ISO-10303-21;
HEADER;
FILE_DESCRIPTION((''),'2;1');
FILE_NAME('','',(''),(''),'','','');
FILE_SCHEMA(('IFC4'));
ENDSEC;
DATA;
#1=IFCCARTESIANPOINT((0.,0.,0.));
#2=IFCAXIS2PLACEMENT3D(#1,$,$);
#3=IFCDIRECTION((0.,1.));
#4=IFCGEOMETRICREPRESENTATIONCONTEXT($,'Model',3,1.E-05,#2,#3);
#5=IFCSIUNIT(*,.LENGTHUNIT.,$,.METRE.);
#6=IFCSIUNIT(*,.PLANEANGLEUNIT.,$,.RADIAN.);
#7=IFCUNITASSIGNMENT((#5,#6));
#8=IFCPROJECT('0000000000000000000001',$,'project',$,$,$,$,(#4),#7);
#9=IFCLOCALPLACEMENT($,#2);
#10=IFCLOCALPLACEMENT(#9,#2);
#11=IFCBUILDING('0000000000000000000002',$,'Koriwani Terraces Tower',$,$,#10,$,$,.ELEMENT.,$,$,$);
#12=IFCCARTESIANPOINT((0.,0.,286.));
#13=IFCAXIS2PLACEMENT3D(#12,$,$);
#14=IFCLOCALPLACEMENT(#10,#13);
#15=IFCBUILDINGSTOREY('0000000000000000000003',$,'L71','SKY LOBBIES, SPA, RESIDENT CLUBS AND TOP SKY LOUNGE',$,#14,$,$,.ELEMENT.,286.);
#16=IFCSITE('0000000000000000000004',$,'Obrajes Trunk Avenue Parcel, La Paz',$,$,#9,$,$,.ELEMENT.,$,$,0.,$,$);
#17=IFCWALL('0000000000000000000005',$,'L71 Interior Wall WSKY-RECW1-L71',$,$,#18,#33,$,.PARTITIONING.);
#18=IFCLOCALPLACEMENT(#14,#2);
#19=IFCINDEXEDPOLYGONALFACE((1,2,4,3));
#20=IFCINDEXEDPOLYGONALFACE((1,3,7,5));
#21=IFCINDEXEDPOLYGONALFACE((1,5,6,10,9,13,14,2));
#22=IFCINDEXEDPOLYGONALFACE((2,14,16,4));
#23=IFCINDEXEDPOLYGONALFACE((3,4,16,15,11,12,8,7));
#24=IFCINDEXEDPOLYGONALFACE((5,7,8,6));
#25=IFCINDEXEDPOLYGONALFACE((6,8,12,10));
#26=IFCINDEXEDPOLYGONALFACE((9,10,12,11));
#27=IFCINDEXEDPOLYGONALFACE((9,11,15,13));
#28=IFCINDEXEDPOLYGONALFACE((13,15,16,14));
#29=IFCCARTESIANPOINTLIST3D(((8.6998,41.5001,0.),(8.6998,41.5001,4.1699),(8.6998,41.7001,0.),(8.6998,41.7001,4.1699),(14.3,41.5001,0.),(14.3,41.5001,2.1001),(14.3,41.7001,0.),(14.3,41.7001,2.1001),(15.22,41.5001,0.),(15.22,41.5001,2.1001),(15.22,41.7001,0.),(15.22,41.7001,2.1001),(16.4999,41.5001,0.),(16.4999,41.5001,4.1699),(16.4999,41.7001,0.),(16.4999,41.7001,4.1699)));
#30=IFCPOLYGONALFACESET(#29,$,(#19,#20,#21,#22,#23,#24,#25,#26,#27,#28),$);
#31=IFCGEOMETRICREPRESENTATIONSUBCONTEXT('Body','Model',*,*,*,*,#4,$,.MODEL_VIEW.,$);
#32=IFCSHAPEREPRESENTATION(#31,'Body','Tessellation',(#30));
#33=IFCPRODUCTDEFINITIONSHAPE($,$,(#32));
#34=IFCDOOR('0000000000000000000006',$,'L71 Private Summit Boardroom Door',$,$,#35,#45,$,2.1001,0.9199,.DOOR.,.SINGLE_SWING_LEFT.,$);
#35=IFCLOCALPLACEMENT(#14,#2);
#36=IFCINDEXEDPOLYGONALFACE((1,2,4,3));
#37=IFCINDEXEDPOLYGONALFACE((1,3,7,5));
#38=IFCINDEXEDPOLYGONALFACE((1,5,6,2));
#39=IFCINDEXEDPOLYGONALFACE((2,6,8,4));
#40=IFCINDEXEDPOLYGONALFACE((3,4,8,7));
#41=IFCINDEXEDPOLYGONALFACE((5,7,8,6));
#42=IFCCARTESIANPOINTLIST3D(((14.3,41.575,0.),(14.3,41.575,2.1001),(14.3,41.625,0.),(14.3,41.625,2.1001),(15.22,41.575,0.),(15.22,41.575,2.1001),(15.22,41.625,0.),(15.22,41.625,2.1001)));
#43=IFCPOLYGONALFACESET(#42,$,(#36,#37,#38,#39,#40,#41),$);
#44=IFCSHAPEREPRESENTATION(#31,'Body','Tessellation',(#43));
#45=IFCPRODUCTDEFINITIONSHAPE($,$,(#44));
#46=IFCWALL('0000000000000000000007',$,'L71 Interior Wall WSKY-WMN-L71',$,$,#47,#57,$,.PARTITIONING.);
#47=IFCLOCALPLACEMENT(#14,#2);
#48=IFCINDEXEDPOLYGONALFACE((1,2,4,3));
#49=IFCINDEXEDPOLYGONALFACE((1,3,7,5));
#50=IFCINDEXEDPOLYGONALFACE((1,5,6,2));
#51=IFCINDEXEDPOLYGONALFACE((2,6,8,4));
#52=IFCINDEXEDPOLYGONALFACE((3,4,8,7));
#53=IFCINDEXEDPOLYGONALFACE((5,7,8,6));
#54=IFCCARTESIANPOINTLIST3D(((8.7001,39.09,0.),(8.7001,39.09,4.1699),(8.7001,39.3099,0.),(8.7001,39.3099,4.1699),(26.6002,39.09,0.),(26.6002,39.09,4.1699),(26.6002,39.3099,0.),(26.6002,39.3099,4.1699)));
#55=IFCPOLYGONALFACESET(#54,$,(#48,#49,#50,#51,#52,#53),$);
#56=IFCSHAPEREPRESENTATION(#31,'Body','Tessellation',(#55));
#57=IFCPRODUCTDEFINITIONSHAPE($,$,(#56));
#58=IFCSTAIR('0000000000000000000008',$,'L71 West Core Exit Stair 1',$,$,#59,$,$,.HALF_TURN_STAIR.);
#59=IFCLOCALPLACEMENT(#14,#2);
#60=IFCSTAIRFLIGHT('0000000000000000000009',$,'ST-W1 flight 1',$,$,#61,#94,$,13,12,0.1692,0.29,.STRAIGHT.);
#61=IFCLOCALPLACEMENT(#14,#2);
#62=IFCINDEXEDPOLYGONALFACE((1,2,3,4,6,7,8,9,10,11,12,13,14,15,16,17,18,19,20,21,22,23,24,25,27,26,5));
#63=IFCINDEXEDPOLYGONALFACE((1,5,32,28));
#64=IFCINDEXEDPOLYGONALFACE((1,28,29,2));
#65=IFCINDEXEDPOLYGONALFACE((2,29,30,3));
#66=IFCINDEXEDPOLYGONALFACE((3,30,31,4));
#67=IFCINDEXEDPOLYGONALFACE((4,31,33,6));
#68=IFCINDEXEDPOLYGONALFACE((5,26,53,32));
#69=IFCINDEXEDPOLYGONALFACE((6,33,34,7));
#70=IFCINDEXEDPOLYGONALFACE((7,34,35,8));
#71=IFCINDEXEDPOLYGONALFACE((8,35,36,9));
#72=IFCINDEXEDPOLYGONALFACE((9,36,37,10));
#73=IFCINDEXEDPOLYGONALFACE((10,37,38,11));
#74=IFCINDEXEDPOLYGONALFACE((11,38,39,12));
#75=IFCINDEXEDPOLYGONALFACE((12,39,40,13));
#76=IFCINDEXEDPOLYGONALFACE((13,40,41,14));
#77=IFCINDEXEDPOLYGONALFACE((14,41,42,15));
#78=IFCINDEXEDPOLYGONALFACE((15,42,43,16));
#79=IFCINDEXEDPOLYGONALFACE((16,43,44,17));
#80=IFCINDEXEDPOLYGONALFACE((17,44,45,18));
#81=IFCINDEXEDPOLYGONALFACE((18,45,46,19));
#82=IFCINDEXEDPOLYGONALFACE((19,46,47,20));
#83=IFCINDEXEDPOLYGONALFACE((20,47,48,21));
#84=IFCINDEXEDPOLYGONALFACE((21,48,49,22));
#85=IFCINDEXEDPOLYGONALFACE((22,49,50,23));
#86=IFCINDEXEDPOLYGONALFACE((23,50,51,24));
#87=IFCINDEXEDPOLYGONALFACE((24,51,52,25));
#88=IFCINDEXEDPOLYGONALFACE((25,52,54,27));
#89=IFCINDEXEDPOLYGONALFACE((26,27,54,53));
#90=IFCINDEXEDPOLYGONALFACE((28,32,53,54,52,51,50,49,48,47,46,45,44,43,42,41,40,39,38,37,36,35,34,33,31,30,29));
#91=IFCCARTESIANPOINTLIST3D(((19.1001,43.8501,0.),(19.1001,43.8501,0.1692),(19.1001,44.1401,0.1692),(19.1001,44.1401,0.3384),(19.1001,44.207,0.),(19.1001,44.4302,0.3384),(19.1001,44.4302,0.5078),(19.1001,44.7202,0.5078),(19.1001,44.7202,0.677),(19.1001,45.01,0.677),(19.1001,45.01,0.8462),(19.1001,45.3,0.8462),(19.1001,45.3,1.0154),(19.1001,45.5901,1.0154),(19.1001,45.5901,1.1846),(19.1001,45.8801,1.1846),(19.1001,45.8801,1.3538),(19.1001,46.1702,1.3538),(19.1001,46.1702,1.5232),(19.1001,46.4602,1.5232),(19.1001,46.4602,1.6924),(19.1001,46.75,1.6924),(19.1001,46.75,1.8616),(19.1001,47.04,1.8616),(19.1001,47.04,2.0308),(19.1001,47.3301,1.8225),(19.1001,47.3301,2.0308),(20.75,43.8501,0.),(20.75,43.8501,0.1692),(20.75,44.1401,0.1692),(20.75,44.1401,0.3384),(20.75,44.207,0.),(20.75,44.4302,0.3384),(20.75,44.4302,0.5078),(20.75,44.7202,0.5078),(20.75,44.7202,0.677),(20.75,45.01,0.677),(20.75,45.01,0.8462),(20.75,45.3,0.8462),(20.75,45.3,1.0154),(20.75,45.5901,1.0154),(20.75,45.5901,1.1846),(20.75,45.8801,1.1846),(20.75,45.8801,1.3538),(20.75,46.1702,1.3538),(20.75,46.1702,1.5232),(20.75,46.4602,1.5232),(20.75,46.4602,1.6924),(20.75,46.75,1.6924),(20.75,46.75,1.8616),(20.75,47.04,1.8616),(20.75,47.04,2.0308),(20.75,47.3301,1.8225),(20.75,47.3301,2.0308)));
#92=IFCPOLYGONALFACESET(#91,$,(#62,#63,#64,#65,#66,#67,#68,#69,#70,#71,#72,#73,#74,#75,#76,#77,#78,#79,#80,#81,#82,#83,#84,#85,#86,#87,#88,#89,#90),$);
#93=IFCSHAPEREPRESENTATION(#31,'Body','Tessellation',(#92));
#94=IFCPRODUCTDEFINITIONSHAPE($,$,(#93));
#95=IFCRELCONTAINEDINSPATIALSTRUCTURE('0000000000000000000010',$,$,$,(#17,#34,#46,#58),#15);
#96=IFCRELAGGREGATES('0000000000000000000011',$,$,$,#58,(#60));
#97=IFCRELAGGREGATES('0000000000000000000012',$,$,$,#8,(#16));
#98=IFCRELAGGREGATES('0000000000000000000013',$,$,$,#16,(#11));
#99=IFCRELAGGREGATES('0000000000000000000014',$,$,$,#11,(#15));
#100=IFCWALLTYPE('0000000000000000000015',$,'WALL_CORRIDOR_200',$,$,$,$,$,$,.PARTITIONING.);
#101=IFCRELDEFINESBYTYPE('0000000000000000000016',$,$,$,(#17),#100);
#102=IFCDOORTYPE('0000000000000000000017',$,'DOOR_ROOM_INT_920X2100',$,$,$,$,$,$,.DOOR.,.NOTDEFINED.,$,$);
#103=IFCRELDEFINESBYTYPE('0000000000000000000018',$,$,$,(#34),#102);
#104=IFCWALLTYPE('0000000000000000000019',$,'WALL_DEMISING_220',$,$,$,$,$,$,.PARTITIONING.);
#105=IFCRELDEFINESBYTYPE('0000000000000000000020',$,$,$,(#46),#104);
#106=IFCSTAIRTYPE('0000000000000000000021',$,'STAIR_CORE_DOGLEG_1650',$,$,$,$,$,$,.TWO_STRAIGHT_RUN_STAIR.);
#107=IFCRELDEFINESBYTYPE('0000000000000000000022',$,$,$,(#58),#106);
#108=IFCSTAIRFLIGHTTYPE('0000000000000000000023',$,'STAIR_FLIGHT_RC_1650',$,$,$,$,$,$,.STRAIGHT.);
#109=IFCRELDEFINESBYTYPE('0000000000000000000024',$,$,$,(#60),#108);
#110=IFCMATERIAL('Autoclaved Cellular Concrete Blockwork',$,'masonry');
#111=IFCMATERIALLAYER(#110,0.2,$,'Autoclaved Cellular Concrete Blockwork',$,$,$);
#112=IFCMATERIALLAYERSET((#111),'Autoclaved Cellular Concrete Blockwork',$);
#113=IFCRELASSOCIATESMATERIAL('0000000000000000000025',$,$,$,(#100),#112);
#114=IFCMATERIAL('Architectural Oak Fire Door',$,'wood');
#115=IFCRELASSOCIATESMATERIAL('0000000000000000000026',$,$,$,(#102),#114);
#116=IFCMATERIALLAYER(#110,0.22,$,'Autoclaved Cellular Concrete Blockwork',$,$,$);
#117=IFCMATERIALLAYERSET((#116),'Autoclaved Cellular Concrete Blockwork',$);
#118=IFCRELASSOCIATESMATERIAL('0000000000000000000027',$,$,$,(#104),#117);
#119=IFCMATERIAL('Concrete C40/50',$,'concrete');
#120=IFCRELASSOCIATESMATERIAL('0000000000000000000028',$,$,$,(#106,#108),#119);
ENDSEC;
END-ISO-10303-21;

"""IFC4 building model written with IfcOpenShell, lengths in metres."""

from ifc_helpers import new_model, si_unit, direction, frame, frame_2d, origin, place, context, subcontext, project, spatial, polyline, rectangle, outline, extrude, material, layer, layer_set, type_object, element, fill, aggregate, save


model = new_model("IFC4")

# Units and contexts
model_context = context("Model", 3, precision=1e-05, world=origin(), true_north=direction((0.0, 1.0)))
body_context = subcontext(model_context, "Body", "Model", "MODEL_VIEW")
ifc_project = project(units=[si_unit("LENGTHUNIT", "METRE"), si_unit("PLANEANGLEUNIT", "RADIAN")], contexts=[model_context])

# Site, building, storey
site_placement = place(None, origin())
site = spatial("IfcSite", under=ifc_project, at=site_placement, Name="Obrajes Trunk Avenue Parcel, La Paz", CompositionType="ELEMENT", RefElevation=0.0)
building_placement = place(site_placement, origin())
building = spatial("IfcBuilding", under=site, at=building_placement, Name="Koriwani Terraces Tower", CompositionType="ELEMENT")
storey_placement = place(building_placement, frame((0.0, 0.0, 286.0)))
storey = spatial("IfcBuildingStorey", under=building, at=storey_placement, Name="L71", Description="SKY LOBBIES, SPA, RESIDENT CLUBS AND TOP SKY LOUNGE", CompositionType="ELEMENT", Elevation=286.0)

# Shared definitions
ifc_material_1 = material(Name="Concrete C40/50", Category="concrete")

# Wall, opening, door
ifc_material_2 = material(Name="Autoclaved Cellular Concrete Blockwork", Category="masonry")
ifc_layer_1 = layer(ifc_material_2, 0.2, Name="Autoclaved Cellular Concrete Blockwork")
ifc_layer_set_1 = layer_set([ifc_layer_1], Name="Autoclaved Cellular Concrete Blockwork")
wall_type_1 = type_object("IfcWallType", Name="WALL_CORRIDOR_200", PredefinedType="PARTITIONING", material=ifc_layer_set_1)
wall_1_placement = place(storey_placement, frame((8.7, 41.6001, 0.0), z_axis=(0.0, 0.0, 1.0), x_axis=(1.0, 0.0, 0.0)))
wall_1 = element("IfcWall", 1, at=wall_1_placement, inside=storey, type_object=wall_type_1, Name="L71 Interior Wall WSKY-RECW1-L71", PredefinedType="PARTITIONING", context=body_context, shape_type="SweptSolid", body=[
    extrude(rectangle(XDim=7.8, YDim=0.2, at=frame_2d((3.8999, 0.0))), origin(), (0.0, 0.0, 1.0), 4.1699),
])
opening_1_placement = place(wall_1_placement, frame((5.6001, 0.0, 0.0)))
opening_1 = element("IfcOpeningElement", 2, at=opening_1_placement, cuts=wall_1, PredefinedType="OPENING", context=body_context, shape_type="SweptSolid", body=[
    extrude(rectangle(XDim=0.9199, YDim=2.1001, at=frame_2d((0.46, 1.05))), frame((0.0, 0.1099, 0.0), z_axis=(0.0, -1.0, 0.0), x_axis=(1.0, 0.0, 0.0)), (0.0, 0.0, 1.0), 0.22),
])
ifc_material_3 = material(Name="Architectural Oak Fire Door", Category="wood")
door_type_1 = type_object("IfcDoorType", Name="DOOR_ROOM_INT_920X2100", OperationType="NOTDEFINED", PredefinedType="DOOR", material=ifc_material_3)
door_1_placement = place(opening_1_placement, origin())
door_1 = element("IfcDoor", 3, at=door_1_placement, inside=storey, type_object=door_type_1, Name="L71 Private Summit Boardroom Door", OperationType="SINGLE_SWING_LEFT", OverallHeight=2.1001, OverallWidth=0.9199, PredefinedType="DOOR", context=body_context, shape_type="SweptSolid", body=[
    extrude(rectangle(XDim=0.9199, YDim=2.1001, at=frame_2d((0.46, 1.05))), frame((0.0, 0.0249, 0.0), z_axis=(0.0, -1.0, 0.0), x_axis=(1.0, 0.0, 0.0)), (0.0, 0.0, 1.0), 0.05),
])
fill(opening_1, door_1)

# Wall
ifc_layer_2 = layer(ifc_material_2, 0.22, Name="Autoclaved Cellular Concrete Blockwork")
ifc_layer_set_2 = layer_set([ifc_layer_2], Name="Autoclaved Cellular Concrete Blockwork")
wall_type_2 = type_object("IfcWallType", Name="WALL_DEMISING_220", PredefinedType="PARTITIONING", material=ifc_layer_set_2)
wall_2_placement = place(storey_placement, frame((8.7, 39.2, 0.0), z_axis=(0.0, 0.0, 1.0), x_axis=(1.0, 0.0, 0.0)))
element("IfcWall", 4, at=wall_2_placement, inside=storey, type_object=wall_type_2, Name="L71 Interior Wall WSKY-WMN-L71", PredefinedType="PARTITIONING", context=body_context, shape_type="SweptSolid", body=[
    extrude(rectangle(XDim=17.9001, YDim=0.22, at=frame_2d((8.9502, 0.0))), origin(), (0.0, 0.0, 1.0), 4.1699),
])

# Stair, stair flight
stair_type = type_object("IfcStairType", Name="STAIR_CORE_DOGLEG_1650", PredefinedType="TWO_STRAIGHT_RUN_STAIR", material=ifc_material_1)
stair_placement = place(storey_placement, origin())
stair = element("IfcStair", 5, at=stair_placement, inside=storey, type_object=stair_type, Name="L71 West Core Exit Stair 1", PredefinedType="HALF_TURN_STAIR")
stair_flight_type = type_object("IfcStairFlightType", Name="STAIR_FLIGHT_RC_1650", PredefinedType="STRAIGHT", material=ifc_material_1)
stair_flight_placement = place(storey_placement, frame((19.925, 43.8501, 0.0), z_axis=(0.0, 0.0, 1.0), x_axis=(0.0, 1.0, 0.0)))
stair_flight = element("IfcStairFlight", 6, at=stair_flight_placement, type_object=stair_flight_type, Name="ST-W1 flight 1", NumberOfRisers=13, NumberOfTreads=12, PredefinedType="STRAIGHT", RiserHeight=0.1692, TreadLength=0.29, context=body_context, shape_type="SweptSolid", body=[
    extrude(outline(polyline([(0.0, 0.0), (0.0, 0.1692), (0.29, 0.1692), (0.29, 0.3384), (0.5801, 0.3384), (0.5801, 0.5078), (0.8701, 0.5078), (0.8701, 0.677), (1.1599, 0.677), (1.1599, 0.8462), (1.45, 0.8462), (1.45, 1.0154), (1.74, 1.0154), (1.74, 1.1846), (2.03, 1.1846), (2.03, 1.3538), (2.3201, 1.3538), (2.3201, 1.5232), (2.6101, 1.5232), (2.6101, 1.6924), (2.8999, 1.6924), (2.8999, 1.8616), (3.1899, 1.8616), (3.1899, 2.0308), (3.48, 2.0308), (3.48, 2.2), (3.48, 1.8225), (0.3569, 0.0), (0.0, 0.0)])), frame((0.0, 0.825, 0.0), z_axis=(0.0, -1.0, 0.0), x_axis=(1.0, 0.0, 0.0)), (0.0, 0.0, 1.0), 1.6499),
])
aggregate(stair, [stair_flight])

save(model, "model.ifc")
